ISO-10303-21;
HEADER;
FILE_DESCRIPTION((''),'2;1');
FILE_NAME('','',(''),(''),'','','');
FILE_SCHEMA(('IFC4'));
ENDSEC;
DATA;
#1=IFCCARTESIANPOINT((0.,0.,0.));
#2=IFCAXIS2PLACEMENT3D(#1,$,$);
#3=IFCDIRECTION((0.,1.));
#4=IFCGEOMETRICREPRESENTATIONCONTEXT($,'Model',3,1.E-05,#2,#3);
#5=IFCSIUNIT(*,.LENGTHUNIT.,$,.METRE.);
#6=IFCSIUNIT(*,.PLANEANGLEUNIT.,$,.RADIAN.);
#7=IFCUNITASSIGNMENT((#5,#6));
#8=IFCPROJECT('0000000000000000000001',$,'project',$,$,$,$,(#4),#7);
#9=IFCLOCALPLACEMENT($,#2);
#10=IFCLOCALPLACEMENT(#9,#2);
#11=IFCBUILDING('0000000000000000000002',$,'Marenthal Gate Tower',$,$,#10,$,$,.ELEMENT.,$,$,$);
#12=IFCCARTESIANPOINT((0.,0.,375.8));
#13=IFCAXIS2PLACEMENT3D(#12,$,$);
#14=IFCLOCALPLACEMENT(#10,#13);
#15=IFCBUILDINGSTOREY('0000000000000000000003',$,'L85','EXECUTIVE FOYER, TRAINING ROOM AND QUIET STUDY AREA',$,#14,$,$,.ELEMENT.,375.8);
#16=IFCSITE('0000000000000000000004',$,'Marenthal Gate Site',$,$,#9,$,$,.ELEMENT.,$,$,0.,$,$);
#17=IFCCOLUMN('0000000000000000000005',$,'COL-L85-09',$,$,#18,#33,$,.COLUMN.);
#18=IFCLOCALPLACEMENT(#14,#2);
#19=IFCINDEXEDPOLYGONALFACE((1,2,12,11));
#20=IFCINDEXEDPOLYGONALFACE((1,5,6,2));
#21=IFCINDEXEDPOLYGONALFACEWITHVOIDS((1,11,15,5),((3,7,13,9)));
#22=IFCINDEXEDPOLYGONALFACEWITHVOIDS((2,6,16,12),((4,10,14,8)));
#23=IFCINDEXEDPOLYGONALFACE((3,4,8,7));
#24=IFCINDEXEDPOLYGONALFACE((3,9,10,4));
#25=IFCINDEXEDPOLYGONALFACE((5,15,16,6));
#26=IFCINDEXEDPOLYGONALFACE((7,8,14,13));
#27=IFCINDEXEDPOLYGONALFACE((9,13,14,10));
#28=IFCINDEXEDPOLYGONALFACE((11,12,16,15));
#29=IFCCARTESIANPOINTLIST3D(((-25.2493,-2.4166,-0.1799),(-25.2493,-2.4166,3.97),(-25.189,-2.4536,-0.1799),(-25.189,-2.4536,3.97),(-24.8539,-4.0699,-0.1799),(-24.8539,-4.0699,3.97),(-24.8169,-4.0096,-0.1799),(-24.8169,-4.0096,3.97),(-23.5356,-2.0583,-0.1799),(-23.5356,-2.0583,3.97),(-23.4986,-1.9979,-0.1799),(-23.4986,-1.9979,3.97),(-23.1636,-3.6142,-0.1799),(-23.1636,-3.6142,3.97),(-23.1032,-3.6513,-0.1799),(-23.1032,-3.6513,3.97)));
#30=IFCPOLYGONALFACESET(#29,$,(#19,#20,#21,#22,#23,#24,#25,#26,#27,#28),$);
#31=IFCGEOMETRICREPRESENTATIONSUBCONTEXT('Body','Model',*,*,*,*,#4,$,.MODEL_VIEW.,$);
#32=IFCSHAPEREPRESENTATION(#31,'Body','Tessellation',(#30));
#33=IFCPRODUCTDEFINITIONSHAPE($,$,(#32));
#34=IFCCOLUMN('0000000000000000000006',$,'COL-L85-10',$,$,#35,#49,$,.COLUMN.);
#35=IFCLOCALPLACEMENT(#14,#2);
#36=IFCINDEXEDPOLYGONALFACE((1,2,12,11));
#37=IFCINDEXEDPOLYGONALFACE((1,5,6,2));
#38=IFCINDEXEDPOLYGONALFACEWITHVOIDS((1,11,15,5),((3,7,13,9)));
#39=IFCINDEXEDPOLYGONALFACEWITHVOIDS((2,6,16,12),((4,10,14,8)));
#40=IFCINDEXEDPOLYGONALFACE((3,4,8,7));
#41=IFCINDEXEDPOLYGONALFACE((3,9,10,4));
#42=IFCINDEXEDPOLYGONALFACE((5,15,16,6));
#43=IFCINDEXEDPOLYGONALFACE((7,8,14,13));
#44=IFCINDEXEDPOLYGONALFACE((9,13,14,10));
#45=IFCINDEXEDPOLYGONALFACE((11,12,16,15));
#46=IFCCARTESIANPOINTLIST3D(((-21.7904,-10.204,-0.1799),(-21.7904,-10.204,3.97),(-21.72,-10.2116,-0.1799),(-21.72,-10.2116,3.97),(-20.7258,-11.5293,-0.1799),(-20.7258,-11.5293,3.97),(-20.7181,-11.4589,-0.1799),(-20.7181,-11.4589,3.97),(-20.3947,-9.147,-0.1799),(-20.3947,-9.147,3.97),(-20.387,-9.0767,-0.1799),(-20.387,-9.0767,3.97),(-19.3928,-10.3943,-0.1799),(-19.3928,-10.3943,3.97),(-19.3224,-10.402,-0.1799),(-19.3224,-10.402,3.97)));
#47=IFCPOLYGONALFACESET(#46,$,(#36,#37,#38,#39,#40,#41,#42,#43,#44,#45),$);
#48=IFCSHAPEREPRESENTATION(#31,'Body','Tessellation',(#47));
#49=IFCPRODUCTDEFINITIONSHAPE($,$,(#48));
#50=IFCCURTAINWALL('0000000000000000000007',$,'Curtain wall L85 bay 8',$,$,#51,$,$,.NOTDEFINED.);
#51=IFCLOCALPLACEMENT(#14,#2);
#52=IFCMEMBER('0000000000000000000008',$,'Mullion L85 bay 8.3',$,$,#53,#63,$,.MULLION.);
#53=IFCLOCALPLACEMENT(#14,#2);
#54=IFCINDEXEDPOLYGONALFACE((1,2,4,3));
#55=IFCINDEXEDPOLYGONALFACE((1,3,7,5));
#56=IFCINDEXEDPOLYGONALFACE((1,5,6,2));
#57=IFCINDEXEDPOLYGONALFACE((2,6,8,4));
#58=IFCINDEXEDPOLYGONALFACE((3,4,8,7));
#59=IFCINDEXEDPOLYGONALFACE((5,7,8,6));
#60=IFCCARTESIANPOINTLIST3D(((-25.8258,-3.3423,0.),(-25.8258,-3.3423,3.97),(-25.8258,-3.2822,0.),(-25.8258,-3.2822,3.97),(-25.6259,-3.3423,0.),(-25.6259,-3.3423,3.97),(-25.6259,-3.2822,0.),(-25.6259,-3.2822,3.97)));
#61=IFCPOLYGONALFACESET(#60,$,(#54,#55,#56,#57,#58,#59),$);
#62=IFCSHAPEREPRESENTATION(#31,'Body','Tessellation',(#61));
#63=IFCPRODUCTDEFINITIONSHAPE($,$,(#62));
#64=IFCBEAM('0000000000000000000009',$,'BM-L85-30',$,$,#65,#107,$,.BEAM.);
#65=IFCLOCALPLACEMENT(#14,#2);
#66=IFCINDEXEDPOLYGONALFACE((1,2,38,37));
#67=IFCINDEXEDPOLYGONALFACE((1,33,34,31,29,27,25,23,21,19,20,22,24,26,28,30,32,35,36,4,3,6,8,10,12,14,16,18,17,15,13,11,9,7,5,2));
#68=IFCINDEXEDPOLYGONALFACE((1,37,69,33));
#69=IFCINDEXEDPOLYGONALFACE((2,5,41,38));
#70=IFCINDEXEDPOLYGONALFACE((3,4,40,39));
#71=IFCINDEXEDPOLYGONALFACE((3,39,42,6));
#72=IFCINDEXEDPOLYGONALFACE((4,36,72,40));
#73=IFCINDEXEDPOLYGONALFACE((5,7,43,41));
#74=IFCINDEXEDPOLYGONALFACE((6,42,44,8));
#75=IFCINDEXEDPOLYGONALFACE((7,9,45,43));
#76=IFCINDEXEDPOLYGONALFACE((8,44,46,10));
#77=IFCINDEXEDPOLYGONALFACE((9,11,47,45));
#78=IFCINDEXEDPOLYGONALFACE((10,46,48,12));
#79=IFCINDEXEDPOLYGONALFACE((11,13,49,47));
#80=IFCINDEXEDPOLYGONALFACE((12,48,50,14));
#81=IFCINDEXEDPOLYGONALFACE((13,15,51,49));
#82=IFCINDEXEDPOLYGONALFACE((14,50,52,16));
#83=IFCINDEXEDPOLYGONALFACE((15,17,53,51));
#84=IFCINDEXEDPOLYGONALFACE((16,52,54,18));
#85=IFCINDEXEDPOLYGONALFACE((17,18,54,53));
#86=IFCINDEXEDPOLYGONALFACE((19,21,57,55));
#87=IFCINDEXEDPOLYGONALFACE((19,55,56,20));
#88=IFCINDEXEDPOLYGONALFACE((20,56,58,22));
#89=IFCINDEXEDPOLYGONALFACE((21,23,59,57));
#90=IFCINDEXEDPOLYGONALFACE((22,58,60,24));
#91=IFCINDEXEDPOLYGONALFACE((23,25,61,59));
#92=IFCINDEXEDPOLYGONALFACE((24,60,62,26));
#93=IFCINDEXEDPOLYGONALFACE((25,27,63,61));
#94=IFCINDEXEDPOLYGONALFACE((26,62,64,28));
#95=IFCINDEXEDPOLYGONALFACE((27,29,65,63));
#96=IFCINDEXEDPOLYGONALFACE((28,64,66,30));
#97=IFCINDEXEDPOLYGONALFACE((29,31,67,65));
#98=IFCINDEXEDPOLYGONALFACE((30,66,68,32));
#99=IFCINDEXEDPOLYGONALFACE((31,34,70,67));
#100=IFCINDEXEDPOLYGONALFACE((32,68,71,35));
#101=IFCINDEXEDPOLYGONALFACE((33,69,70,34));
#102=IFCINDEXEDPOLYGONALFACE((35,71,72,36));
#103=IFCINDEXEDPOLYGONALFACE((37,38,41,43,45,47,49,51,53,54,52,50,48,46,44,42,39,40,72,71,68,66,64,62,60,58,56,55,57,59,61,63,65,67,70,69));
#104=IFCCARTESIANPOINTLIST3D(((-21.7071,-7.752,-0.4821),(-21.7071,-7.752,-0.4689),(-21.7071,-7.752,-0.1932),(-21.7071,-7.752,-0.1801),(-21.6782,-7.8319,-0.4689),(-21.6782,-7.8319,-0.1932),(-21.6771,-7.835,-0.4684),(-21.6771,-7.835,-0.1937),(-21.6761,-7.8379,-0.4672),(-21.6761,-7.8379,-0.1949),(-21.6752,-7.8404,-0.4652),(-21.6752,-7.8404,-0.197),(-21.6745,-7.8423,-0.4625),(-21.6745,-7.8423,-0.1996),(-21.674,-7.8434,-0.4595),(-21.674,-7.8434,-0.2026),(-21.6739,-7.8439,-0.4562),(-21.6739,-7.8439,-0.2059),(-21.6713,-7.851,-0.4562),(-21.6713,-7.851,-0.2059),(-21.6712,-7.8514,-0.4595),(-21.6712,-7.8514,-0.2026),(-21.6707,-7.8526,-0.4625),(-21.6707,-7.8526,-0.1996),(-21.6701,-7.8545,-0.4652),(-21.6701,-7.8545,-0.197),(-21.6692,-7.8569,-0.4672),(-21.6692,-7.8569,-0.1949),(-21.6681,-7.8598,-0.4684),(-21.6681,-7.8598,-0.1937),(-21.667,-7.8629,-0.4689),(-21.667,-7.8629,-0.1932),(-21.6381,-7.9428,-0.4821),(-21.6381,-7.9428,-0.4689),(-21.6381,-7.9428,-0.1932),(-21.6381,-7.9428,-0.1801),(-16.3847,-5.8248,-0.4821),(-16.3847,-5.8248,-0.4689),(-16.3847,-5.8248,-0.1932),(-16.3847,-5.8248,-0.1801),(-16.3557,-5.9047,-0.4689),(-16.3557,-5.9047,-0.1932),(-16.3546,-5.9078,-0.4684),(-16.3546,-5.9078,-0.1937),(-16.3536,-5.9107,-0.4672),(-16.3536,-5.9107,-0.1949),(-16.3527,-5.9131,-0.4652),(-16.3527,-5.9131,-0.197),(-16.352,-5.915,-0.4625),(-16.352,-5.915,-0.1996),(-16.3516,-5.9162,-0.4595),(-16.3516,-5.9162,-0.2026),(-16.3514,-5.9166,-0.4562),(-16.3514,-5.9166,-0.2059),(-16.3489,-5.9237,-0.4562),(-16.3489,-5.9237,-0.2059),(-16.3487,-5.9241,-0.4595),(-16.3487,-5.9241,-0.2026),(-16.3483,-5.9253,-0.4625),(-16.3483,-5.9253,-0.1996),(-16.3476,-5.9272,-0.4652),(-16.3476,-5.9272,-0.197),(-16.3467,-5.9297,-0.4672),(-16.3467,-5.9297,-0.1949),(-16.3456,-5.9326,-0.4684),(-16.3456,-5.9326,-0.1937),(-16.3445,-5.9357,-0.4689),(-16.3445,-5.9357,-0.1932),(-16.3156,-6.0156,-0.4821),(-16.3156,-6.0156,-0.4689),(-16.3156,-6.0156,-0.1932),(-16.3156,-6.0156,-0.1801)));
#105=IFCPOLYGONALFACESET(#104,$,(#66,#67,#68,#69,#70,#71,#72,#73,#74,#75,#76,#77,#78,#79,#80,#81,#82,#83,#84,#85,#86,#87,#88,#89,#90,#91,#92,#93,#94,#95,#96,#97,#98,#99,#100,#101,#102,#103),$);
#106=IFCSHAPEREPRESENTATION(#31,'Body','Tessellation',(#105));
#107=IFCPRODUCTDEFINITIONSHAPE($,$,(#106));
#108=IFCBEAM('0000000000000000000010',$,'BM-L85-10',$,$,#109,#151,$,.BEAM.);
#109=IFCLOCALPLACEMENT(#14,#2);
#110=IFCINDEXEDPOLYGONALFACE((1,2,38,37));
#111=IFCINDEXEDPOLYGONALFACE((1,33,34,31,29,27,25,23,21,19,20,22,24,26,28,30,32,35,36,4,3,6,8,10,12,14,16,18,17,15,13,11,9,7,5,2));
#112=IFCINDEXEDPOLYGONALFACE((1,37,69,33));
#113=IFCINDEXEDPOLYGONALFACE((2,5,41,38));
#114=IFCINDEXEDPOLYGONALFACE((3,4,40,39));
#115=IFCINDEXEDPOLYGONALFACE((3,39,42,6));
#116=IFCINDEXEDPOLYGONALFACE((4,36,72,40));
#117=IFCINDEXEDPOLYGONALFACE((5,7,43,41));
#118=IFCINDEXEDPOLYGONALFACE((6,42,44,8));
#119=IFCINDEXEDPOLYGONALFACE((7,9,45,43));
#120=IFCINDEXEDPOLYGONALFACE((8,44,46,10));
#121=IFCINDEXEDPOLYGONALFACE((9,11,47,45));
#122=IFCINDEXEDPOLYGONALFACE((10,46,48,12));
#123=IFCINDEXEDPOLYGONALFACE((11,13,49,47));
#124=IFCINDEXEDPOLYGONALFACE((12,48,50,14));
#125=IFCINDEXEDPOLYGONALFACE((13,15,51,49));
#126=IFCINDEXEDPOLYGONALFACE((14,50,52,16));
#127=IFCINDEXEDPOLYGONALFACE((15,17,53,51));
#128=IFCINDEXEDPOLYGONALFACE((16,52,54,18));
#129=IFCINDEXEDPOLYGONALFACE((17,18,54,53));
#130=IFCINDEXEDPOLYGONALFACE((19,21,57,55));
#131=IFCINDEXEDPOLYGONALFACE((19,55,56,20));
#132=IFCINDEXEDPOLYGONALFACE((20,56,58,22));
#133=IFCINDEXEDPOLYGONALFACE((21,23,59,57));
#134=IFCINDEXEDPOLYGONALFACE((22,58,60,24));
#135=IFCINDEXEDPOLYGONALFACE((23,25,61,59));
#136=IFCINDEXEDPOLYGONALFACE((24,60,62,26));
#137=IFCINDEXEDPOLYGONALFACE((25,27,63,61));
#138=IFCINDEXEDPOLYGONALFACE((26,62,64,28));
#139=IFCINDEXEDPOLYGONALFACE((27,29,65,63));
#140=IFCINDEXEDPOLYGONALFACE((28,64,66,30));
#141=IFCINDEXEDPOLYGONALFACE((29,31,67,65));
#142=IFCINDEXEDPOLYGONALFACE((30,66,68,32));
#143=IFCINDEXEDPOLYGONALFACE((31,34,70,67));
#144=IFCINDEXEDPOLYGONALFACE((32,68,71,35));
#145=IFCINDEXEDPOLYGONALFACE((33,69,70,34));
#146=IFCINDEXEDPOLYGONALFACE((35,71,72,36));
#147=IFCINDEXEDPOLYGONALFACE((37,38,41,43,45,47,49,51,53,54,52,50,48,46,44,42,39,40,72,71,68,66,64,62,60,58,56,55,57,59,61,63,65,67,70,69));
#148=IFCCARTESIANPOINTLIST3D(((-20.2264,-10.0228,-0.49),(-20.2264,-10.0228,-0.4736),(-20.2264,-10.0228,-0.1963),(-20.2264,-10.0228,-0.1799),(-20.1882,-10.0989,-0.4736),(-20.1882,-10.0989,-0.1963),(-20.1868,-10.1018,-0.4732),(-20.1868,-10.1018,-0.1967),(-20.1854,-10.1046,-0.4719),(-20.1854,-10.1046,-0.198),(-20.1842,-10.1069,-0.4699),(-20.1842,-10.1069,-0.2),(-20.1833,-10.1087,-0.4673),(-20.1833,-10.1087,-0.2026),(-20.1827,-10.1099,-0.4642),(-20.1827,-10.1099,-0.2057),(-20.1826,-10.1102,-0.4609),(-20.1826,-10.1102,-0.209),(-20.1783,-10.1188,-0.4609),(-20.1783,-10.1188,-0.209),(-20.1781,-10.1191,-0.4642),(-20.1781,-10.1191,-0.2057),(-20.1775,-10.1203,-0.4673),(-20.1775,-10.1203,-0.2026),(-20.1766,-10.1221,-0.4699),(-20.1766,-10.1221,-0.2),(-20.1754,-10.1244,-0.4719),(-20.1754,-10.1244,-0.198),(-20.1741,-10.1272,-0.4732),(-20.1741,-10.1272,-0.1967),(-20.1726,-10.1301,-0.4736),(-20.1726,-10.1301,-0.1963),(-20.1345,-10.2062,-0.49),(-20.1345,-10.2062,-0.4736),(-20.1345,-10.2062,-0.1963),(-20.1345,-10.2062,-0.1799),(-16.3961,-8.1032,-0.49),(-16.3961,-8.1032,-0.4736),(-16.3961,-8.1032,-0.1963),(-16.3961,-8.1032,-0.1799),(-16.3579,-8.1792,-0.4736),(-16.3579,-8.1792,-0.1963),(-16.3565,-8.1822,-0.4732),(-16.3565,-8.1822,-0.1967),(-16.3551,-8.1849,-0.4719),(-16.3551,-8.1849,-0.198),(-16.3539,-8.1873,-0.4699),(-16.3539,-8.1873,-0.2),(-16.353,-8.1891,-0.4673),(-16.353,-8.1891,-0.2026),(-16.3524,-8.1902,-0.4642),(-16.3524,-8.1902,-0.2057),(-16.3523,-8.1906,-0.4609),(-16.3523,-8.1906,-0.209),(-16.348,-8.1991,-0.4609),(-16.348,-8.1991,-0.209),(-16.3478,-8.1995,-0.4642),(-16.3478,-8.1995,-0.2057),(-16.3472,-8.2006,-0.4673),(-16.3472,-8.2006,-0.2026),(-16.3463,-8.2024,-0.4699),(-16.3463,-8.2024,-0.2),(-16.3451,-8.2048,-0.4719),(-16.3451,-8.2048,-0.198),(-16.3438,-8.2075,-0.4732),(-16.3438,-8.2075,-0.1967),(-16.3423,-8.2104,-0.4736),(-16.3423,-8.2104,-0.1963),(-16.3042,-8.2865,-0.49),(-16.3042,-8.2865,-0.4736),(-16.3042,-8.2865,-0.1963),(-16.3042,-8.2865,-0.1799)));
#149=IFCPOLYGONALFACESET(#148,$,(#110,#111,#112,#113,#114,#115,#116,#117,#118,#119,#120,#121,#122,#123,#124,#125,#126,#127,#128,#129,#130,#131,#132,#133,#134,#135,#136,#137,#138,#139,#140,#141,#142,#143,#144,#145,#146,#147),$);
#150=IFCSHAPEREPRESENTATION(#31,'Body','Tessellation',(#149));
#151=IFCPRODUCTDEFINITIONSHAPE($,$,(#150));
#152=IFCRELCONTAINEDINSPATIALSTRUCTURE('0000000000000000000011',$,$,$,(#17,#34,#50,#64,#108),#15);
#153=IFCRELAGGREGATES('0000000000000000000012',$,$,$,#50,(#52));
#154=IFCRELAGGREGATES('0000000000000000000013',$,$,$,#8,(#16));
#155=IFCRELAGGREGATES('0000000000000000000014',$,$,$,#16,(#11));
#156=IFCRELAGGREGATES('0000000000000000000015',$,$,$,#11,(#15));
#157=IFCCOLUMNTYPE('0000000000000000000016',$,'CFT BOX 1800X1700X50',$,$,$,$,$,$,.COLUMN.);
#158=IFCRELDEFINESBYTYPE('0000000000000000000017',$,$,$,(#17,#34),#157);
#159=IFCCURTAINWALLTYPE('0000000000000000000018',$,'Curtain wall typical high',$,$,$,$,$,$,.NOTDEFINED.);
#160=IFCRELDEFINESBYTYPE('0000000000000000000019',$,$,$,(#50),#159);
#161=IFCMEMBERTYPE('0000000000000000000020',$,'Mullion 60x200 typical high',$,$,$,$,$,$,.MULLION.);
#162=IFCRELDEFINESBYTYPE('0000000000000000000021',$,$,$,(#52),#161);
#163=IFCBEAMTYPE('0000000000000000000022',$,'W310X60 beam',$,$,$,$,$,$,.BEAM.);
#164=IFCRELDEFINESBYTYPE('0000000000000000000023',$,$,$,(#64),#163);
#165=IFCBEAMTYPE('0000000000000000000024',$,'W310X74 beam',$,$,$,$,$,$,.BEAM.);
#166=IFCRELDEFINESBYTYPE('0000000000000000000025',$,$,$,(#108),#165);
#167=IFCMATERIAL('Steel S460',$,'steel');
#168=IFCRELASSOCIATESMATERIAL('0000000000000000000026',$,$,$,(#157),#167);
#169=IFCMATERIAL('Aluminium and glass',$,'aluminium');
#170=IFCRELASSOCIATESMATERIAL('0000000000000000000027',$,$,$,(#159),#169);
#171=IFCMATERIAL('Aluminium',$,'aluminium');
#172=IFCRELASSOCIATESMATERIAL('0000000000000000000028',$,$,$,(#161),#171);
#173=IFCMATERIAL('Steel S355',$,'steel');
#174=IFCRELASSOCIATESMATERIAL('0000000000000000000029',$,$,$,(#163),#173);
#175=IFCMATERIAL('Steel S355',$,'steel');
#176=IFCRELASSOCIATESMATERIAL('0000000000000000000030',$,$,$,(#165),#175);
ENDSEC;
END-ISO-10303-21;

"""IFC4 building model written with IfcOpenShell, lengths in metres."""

from ifc_helpers import new_model, si_unit, direction, frame, origin, origin_2d, place, context, subcontext, project, spatial, rectangle, hollow_rectangle, i_section, extrude, material, material_profile, profile_set, type_object, element, aggregate, save


model = new_model("IFC4")

# Units and contexts
model_context = context("Model", 3, precision=1e-05, world=origin(), true_north=direction((0.0, 1.0)))
body_context = subcontext(model_context, "Body", "Model", "MODEL_VIEW")
ifc_project = project(units=[si_unit("LENGTHUNIT", "METRE"), si_unit("PLANEANGLEUNIT", "RADIAN")], contexts=[model_context])

# Site, building, storey
site_placement = place(None, origin())
site = spatial("IfcSite", under=ifc_project, at=site_placement, Name="Marenthal Gate Site", CompositionType="ELEMENT", RefElevation=0.0)
building_placement = place(site_placement, origin())
building = spatial("IfcBuilding", under=site, at=building_placement, Name="Marenthal Gate Tower", CompositionType="ELEMENT")
storey_placement = place(building_placement, frame((0.0, 0.0, 375.8)))
storey = spatial("IfcBuildingStorey", under=building, at=storey_placement, Name="L85", Description="EXECUTIVE FOYER, TRAINING ROOM AND QUIET STUDY AREA", CompositionType="ELEMENT", Elevation=375.8)

# Columns
ifc_material_1 = material(Name="Steel S460", Category="steel")
ifc_material_profile_1 = material_profile(ifc_material_1, hollow_rectangle(XDim=1.7, YDim=1.8, WallThickness=0.05, at=origin_2d()), Name="CFT BOX 1800X1700X50")
ifc_material_2 = material(Name="Concrete 70 MPa", Category="concrete")
ifc_material_profile_2 = material_profile(ifc_material_2, rectangle(XDim=1.6001, YDim=1.7, at=origin_2d()), Name="CFT BOX 1800X1700X50 INFILL")
ifc_profile_set_1 = profile_set([ifc_material_profile_1, ifc_material_profile_2], Name="Steel S460 shell, Concrete 70 MPa infill")
column_type = type_object("IfcColumnType", Name="CFT BOX 1800X1700X50", PredefinedType="COLUMN", material=ifc_profile_set_1)
for number, where, z_axis, x_axis, name in (
    (1, (-24.1763, -3.0339, -0.1799), (0.0, 0.0, 1.0), (-0.232571, 0.972579, 0.0), "COL-L85-09"),
    (2, (-20.5564, -10.303, -0.1799), (0.0, 0.0, 1.0), (-0.626249, 0.779623, 0.0), "COL-L85-10"),
):
    element("IfcColumn", number, at=place(storey_placement, frame(where, z_axis=z_axis, x_axis=x_axis)), inside=storey, type_object=column_type, Name=name, PredefinedType="COLUMN", context=body_context, shape_type="SweptSolid", body=[
        extrude(hollow_rectangle(XDim=1.7, YDim=1.8, WallThickness=0.05, at=origin_2d()), origin(), (0.0, 0.0, 1.0), 4.1499),
    ])

# Curtain wall, member
ifc_material_3 = material(Name="Aluminium and glass", Category="aluminium")
curtain_wall_type = type_object("IfcCurtainWallType", Name="Curtain wall typical high", PredefinedType="NOTDEFINED", material=ifc_material_3)
curtain_wall_placement = place(storey_placement, origin())
curtain_wall = element("IfcCurtainWall", 3, at=curtain_wall_placement, inside=storey, type_object=curtain_wall_type, Name="Curtain wall L85 bay 8", PredefinedType="NOTDEFINED")
ifc_material_4 = material(Name="Aluminium", Category="aluminium")
ifc_material_profile_3 = material_profile(ifc_material_4, rectangle(XDim=0.2, YDim=0.0601, at=origin_2d()), Name="60x200 aluminium mullion")
ifc_profile_set_2 = profile_set([ifc_material_profile_3], Name="Aluminium")
member_type = type_object("IfcMemberType", Name="Mullion 60x200 typical high", PredefinedType="MULLION", material=ifc_profile_set_2)
member_placement = place(storey_placement, frame((-25.7258, -3.3123, 0.0), z_axis=(0.0, 0.0, 1.0), x_axis=(1.0, 0.0, 0.0)))
member = element("IfcMember", 4, at=member_placement, type_object=member_type, Name="Mullion L85 bay 8.3", PredefinedType="MULLION", context=body_context, shape_type="SweptSolid", body=[
    extrude(rectangle(XDim=0.2, YDim=0.0601, at=origin_2d()), origin(), (0.0, 0.0, 1.0), 3.97),
])

# Beams
ifc_material_5 = material(Name="Steel S355", Category="steel")
ifc_material_profile_4 = material_profile(ifc_material_5, i_section(OverallWidth=0.2029, OverallDepth=0.302, WebThickness=0.0076, FlangeThickness=0.0132, FilletRadius=0.0127, at=origin_2d()), Name="W310X60")
ifc_profile_set_3 = profile_set([ifc_material_profile_4], Name="Steel S355")
beam_type_1 = type_object("IfcBeamType", Name="W310X60 beam", PredefinedType="BEAM", material=ifc_profile_set_3)
beam_1_placement = place(storey_placement, frame((-21.6726, -7.8474, -0.3311), z_axis=(0.940258, 0.340461, 0.0), x_axis=(-0.340461, 0.940258, 0.0)))
element("IfcBeam", 5, at=beam_1_placement, inside=storey, type_object=beam_type_1, Name="BM-L85-30", PredefinedType="BEAM", context=body_context, shape_type="SweptSolid", body=[
    extrude(i_section(OverallWidth=0.2029, OverallDepth=0.302, WebThickness=0.0076, FlangeThickness=0.0132, FilletRadius=0.0127, at=origin_2d()), origin(), (0.0, 0.0, 1.0), 5.6606),
])
ifc_material_6 = material(Name="Steel S355", Category="steel")
ifc_material_profile_5 = material_profile(ifc_material_6, i_section(OverallWidth=0.2051, OverallDepth=0.3101, WebThickness=0.0095, FlangeThickness=0.0164, FilletRadius=0.0127, at=origin_2d()), Name="W310X74")
ifc_profile_set_4 = profile_set([ifc_material_profile_5], Name="Steel S355")
beam_type_2 = type_object("IfcBeamType", Name="W310X74 beam", PredefinedType="BEAM", material=ifc_profile_set_4)
beam_2_placement = place(storey_placement, frame((-20.1804, -10.1145, -0.335), z_axis=(0.894005, 0.448057, 0.0), x_axis=(-0.448057, 0.894005, 0.0)))
element("IfcBeam", 6, at=beam_2_placement, inside=storey, type_object=beam_type_2, Name="BM-L85-10", PredefinedType="BEAM", context=body_context, shape_type="SweptSolid", body=[
    extrude(i_section(OverallWidth=0.2051, OverallDepth=0.3101, WebThickness=0.0095, FlangeThickness=0.0164, FilletRadius=0.0127, at=origin_2d()), origin(), (0.0, 0.0, 1.0), 4.2844),
])

aggregate(curtain_wall, [member])

save(model, "model.ifc")
